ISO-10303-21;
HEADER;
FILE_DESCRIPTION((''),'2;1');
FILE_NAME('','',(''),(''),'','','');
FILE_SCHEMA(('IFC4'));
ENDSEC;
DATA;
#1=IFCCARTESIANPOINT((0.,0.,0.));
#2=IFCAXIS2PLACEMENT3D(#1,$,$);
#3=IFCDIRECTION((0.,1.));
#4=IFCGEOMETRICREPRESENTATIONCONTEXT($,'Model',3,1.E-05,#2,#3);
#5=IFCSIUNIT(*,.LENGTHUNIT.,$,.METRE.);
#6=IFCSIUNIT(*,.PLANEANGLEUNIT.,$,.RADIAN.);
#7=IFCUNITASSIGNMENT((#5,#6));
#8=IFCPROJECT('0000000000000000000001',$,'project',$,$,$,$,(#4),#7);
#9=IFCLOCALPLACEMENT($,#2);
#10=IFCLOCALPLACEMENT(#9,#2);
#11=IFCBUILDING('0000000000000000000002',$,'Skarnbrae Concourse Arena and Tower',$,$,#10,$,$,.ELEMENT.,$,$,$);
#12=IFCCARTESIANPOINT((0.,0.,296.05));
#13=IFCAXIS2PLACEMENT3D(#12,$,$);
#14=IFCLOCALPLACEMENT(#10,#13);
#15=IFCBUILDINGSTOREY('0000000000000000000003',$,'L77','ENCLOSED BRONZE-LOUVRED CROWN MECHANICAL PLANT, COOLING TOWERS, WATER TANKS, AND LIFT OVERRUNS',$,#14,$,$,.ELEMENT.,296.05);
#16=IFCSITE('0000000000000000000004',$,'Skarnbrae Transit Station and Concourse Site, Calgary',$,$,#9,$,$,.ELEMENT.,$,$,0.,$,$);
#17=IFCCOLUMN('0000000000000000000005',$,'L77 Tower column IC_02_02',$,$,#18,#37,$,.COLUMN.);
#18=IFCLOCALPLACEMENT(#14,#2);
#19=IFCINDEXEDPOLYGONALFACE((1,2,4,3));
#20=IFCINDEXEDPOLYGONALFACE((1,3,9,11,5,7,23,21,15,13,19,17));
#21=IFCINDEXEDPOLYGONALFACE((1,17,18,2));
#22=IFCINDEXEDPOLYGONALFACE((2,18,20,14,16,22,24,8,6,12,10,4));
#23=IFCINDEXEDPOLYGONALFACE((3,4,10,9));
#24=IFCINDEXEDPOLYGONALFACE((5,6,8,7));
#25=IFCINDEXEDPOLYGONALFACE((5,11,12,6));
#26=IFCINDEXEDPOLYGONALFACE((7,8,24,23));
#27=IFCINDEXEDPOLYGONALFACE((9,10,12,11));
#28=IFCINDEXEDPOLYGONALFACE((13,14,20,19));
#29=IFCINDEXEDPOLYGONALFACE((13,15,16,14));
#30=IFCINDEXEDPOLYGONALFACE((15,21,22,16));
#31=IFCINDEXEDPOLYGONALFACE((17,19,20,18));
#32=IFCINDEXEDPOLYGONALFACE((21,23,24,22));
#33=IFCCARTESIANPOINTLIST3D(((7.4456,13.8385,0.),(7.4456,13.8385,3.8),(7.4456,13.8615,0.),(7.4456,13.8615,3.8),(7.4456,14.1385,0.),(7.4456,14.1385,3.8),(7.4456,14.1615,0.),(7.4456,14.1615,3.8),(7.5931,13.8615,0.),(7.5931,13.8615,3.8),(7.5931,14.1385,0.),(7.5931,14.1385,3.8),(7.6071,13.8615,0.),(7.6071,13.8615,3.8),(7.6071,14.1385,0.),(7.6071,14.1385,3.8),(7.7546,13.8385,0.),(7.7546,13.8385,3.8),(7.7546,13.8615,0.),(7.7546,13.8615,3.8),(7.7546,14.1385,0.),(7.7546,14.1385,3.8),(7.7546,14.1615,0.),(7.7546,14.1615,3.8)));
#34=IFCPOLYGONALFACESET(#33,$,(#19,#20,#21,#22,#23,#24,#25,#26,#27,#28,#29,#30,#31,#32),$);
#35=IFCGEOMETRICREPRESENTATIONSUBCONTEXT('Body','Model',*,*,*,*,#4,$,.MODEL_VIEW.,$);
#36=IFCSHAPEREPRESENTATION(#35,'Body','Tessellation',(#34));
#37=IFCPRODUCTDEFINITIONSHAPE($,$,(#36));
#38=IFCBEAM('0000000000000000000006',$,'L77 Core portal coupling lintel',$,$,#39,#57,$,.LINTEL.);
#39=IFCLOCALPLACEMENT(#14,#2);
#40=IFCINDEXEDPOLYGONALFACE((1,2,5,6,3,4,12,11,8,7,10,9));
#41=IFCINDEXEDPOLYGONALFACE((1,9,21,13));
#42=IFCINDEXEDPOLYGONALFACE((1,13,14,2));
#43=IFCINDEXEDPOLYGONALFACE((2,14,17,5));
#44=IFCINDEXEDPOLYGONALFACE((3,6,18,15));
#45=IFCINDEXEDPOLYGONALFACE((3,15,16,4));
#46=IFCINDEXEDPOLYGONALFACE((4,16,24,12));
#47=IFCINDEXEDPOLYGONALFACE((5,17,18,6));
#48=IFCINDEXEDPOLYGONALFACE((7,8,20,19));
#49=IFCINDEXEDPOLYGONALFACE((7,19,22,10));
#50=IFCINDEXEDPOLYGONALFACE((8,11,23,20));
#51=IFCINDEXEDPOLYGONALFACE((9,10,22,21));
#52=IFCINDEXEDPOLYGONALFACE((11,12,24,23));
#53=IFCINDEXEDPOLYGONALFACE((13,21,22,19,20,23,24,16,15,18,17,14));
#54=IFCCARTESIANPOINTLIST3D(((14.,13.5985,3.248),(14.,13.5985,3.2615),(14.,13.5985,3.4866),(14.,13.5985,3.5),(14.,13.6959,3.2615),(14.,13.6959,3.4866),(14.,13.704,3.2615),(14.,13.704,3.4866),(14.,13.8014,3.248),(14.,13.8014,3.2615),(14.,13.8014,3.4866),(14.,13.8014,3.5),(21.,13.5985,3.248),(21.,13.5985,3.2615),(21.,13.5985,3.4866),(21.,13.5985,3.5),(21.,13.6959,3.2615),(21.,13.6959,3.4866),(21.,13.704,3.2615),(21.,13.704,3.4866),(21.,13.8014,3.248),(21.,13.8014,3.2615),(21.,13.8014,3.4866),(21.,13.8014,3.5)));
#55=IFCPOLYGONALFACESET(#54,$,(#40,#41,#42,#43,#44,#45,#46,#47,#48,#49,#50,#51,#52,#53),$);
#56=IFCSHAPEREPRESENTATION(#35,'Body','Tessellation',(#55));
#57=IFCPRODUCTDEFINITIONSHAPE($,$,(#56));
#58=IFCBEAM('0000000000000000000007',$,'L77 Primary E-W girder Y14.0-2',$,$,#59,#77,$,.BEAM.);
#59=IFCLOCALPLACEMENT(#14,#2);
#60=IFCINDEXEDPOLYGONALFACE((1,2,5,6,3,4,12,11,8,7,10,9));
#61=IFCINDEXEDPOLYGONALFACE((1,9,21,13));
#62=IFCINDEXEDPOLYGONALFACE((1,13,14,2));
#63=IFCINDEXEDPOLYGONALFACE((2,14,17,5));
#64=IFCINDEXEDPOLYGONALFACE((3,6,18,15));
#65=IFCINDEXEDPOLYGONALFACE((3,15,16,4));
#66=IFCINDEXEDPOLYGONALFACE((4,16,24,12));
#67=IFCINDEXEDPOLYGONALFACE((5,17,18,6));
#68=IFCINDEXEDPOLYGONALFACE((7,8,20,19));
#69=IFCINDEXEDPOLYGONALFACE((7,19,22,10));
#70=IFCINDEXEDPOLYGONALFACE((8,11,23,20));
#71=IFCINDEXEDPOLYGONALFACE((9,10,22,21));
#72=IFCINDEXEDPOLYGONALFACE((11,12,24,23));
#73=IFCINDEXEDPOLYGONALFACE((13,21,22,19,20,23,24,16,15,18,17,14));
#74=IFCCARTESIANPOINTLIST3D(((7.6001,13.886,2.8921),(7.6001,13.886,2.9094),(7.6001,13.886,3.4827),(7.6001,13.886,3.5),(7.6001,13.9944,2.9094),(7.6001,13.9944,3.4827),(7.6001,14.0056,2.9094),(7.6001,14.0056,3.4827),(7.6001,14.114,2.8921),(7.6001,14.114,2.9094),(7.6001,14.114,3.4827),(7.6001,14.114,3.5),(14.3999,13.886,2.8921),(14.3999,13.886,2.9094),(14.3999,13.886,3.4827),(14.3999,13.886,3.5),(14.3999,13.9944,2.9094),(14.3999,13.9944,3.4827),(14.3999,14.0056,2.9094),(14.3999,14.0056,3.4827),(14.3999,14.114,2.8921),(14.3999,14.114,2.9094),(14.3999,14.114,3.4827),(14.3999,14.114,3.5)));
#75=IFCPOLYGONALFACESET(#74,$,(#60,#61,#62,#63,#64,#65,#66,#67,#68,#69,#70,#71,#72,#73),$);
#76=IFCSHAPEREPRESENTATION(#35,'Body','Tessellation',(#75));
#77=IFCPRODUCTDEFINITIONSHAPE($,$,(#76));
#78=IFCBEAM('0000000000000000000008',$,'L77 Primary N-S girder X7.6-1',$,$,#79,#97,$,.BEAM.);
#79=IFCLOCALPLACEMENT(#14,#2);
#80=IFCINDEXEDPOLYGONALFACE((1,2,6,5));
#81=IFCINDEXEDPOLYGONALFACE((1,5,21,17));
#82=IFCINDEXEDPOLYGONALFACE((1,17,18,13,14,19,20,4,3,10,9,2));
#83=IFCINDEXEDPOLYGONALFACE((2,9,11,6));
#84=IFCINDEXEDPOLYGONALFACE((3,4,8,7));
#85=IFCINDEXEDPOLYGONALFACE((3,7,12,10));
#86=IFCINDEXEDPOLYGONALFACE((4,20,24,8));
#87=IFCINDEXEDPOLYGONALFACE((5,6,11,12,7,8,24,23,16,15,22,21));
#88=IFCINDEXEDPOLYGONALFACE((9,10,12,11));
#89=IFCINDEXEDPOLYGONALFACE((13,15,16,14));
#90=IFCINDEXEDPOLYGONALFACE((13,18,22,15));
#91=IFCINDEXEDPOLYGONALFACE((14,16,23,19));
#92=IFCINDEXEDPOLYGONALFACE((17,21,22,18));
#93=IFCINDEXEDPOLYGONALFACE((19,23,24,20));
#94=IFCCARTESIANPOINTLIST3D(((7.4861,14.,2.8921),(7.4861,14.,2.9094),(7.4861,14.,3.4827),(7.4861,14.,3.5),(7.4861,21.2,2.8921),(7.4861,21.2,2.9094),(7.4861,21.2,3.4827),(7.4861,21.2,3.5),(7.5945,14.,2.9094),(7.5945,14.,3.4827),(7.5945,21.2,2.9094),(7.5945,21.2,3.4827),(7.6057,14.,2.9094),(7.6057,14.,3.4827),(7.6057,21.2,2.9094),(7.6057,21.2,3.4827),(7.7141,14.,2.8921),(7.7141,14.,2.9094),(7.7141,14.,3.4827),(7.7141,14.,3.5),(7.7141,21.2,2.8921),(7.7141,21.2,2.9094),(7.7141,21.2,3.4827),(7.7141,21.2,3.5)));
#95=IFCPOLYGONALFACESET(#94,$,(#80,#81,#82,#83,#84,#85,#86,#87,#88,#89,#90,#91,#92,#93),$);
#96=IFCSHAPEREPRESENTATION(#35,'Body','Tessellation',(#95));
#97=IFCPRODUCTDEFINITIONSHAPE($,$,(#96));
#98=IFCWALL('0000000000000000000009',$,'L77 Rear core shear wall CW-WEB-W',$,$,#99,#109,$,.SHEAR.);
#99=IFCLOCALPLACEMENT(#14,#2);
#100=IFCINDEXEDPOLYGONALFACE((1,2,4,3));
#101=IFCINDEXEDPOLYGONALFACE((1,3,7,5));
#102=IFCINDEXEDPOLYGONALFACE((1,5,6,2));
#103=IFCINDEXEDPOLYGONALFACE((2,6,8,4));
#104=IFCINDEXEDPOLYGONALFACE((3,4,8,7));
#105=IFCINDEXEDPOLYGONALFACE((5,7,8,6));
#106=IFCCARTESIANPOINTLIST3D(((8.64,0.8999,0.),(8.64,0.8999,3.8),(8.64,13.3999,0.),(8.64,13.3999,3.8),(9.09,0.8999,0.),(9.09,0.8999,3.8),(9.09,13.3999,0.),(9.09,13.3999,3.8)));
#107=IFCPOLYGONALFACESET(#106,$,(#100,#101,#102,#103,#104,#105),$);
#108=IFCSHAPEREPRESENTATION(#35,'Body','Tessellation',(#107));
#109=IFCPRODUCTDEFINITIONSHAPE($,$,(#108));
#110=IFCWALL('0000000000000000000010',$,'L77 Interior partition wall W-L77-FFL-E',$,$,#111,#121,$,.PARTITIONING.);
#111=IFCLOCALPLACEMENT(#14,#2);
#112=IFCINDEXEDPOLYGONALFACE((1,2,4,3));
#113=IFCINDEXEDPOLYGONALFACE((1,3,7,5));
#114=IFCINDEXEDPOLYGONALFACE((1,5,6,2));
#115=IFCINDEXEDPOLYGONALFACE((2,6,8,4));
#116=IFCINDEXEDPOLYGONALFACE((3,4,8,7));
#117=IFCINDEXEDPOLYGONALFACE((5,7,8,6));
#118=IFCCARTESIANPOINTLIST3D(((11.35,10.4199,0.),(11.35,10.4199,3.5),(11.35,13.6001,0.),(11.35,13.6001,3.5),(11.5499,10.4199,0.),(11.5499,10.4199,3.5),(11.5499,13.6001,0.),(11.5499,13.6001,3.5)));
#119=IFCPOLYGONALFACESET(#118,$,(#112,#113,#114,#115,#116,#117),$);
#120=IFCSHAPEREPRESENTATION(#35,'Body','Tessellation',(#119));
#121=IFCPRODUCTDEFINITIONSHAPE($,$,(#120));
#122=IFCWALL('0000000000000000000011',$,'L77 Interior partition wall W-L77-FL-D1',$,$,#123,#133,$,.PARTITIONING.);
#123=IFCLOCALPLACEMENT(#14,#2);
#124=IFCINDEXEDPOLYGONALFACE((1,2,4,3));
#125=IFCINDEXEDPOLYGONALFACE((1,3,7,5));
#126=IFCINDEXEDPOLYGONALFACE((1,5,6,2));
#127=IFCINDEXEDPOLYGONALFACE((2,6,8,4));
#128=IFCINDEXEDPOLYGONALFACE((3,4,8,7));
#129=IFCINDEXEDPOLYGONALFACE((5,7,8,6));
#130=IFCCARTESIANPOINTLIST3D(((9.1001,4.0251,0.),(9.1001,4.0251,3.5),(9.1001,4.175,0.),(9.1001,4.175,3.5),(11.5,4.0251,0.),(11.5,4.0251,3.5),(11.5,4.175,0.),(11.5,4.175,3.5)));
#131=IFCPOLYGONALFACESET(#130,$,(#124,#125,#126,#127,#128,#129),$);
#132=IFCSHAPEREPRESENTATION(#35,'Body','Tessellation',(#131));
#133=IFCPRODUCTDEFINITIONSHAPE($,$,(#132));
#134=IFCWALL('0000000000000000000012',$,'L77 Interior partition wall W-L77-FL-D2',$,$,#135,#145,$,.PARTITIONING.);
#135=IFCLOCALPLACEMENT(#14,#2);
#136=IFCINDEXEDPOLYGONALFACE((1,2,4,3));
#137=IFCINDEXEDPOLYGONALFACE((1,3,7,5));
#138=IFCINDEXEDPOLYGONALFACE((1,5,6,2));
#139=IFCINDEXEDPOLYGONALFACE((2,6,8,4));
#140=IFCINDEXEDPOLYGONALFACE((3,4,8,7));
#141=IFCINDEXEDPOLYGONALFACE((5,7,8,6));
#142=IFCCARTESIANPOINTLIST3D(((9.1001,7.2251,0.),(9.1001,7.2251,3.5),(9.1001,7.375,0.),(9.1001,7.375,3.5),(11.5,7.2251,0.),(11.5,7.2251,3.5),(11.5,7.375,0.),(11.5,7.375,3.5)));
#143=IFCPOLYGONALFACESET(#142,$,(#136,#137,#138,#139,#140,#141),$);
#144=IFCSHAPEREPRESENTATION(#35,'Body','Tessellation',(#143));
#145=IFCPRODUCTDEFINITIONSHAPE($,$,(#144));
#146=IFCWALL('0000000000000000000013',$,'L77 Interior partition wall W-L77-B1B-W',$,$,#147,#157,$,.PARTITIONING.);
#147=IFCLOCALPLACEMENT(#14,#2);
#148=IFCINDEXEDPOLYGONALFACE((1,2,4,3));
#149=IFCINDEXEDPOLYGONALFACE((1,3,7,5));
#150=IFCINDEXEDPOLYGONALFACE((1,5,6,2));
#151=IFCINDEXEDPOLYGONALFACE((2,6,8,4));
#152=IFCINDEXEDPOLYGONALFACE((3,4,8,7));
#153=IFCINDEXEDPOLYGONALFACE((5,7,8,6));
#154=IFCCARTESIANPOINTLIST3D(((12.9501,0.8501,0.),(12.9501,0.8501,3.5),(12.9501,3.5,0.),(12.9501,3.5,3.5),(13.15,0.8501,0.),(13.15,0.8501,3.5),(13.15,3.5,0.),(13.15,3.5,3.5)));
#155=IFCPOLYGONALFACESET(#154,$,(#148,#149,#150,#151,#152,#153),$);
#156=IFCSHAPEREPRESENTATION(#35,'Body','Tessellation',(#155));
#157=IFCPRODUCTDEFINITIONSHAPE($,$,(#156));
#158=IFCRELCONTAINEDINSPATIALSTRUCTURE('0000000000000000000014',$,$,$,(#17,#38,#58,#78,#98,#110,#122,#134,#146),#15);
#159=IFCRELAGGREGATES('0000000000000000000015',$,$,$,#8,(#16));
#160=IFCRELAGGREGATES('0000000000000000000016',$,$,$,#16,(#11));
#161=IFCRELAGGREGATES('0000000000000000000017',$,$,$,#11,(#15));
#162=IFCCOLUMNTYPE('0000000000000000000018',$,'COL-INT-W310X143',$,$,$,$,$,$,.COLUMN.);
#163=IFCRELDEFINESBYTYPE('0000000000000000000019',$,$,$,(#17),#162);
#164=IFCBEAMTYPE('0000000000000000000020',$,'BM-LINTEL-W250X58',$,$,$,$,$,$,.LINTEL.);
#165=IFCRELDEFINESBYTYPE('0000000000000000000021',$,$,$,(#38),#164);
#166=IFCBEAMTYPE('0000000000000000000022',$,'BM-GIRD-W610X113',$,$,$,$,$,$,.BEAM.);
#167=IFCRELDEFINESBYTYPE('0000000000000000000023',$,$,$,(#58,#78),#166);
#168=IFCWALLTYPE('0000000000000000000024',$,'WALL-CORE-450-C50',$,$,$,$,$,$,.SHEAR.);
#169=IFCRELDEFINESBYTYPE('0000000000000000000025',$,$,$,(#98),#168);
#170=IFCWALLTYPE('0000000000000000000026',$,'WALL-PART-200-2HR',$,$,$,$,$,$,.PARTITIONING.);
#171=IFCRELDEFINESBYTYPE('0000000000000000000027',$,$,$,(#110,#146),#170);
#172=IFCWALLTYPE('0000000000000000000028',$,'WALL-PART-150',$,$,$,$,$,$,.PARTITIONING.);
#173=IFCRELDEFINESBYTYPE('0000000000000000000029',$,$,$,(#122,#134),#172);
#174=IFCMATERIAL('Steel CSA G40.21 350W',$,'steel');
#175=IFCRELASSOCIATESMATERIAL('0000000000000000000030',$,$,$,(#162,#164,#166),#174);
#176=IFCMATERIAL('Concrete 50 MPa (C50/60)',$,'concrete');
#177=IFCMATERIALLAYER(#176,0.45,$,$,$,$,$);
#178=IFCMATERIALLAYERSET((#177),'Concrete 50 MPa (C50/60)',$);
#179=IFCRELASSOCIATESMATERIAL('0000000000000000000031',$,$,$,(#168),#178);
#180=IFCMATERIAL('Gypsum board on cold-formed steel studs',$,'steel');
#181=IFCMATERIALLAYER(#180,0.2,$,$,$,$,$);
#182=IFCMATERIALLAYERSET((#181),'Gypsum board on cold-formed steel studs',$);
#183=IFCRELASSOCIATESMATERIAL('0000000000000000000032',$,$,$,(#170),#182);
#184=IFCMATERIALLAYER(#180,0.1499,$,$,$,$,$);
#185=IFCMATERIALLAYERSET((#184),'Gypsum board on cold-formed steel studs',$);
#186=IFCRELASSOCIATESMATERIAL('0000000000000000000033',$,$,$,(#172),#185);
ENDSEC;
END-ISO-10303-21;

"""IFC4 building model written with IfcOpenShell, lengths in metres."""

from ifc_helpers import new_model, si_unit, direction, frame, frame_2d, origin, origin_2d, place, context, subcontext, project, spatial, rectangle, i_section, extrude, source, transform, mapped, material, layer, layer_set, material_profile, profile_set, type_object, element, save


model = new_model("IFC4")

# Units and contexts
model_context = context("Model", 3, precision=1e-05, world=origin(), true_north=direction((0.0, 1.0)))
body_context = subcontext(model_context, "Body", "Model", "MODEL_VIEW")
ifc_project = project(units=[si_unit("LENGTHUNIT", "METRE"), si_unit("PLANEANGLEUNIT", "RADIAN")], contexts=[model_context])

# Site, building, storey
site_placement = place(None, origin())
site = spatial("IfcSite", under=ifc_project, at=site_placement, Name="Skarnbrae Transit Station and Concourse Site, Calgary", CompositionType="ELEMENT", RefElevation=0.0)
building_placement = place(site_placement, origin())
building = spatial("IfcBuilding", under=site, at=building_placement, Name="Skarnbrae Concourse Arena and Tower", CompositionType="ELEMENT")
storey_placement = place(building_placement, frame((0.0, 0.0, 296.05)))
storey = spatial("IfcBuildingStorey", under=building, at=storey_placement, Name="L77", Description="ENCLOSED BRONZE-LOUVRED CROWN MECHANICAL PLANT, COOLING TOWERS, WATER TANKS, AND LIFT OVERRUNS", CompositionType="ELEMENT", Elevation=296.05)

# Column
ifc_material_1 = material(Name="Steel CSA G40.21 350W", Category="steel")
ifc_material_profile_1 = material_profile(ifc_material_1, i_section(OverallWidth=0.3091, OverallDepth=0.323, WebThickness=0.0139, FlangeThickness=0.0229, at=origin_2d()), Name="W310X143")
ifc_profile_set_1 = profile_set([ifc_material_profile_1], Name="Steel CSA G40.21 350W")
column_type = type_object("IfcColumnType", Name="COL-INT-W310X143", PredefinedType="COLUMN", material=ifc_profile_set_1)
shared_shape_1 = source(origin(), body_context, "Body", "SweptSolid", [
    extrude(i_section(OverallWidth=0.3091, OverallDepth=0.323, WebThickness=0.0139, FlangeThickness=0.0229, at=origin_2d()), origin(), (0.0, 0.0, 1.0), 3.8),
])
column_placement = place(storey_placement, frame((7.6001, 14.0, 0.0), z_axis=(0.0, 0.0, 1.0), x_axis=(1.0, 0.0, 0.0)))
element("IfcColumn", 1, at=column_placement, inside=storey, type_object=column_type, Name="L77 Tower column IC_02_02", PredefinedType="COLUMN", context=body_context, shape_type="MappedRepresentation", body=[
    mapped(shared_shape_1, transform((0.0, 0.0, 0.0))),
])

# Beams
ifc_material_profile_2 = material_profile(ifc_material_1, i_section(OverallWidth=0.2029, OverallDepth=0.252, WebThickness=0.0081, FlangeThickness=0.0134, at=origin_2d()), Name="W250X58")
ifc_profile_set_2 = profile_set([ifc_material_profile_2], Name="Steel CSA G40.21 350W")
beam_type_1 = type_object("IfcBeamType", Name="BM-LINTEL-W250X58", PredefinedType="LINTEL", material=ifc_profile_set_2)
shared_shape_2 = source(origin(), body_context, "Body", "SweptSolid", [
    extrude(i_section(OverallWidth=0.2029, OverallDepth=0.252, WebThickness=0.0081, FlangeThickness=0.0134, at=origin_2d()), origin(), (0.0, 0.0, 1.0), 7.0),
])
beam_1_placement = place(storey_placement, frame((14.0, 13.7, 3.374), z_axis=(1.0, 0.0, 0.0), x_axis=(0.0, 1.0, 0.0)))
element("IfcBeam", 2, at=beam_1_placement, inside=storey, type_object=beam_type_1, Name="L77 Core portal coupling lintel", PredefinedType="LINTEL", context=body_context, shape_type="MappedRepresentation", body=[
    mapped(shared_shape_2, transform((0.0, 0.0, 0.0))),
])
ifc_material_profile_3 = material_profile(ifc_material_1, i_section(OverallWidth=0.228, OverallDepth=0.6079, WebThickness=0.0112, FlangeThickness=0.0173, at=origin_2d()), Name="W610X113")
ifc_profile_set_3 = profile_set([ifc_material_profile_3], Name="Steel CSA G40.21 350W")
beam_type_2 = type_object("IfcBeamType", Name="BM-GIRD-W610X113", PredefinedType="BEAM", material=ifc_profile_set_3)
shared_shape_3 = source(origin(), body_context, "Body", "SweptSolid", [
    extrude(i_section(OverallWidth=0.228, OverallDepth=0.6079, WebThickness=0.0112, FlangeThickness=0.0173, at=origin_2d()), origin(), (0.0, 0.0, 1.0), 6.7998),
])
beam_2_placement = place(storey_placement, frame((7.6001, 14.0, 3.196), z_axis=(1.0, 0.0, 0.0), x_axis=(0.0, 1.0, 0.0)))
element("IfcBeam", 3, at=beam_2_placement, inside=storey, type_object=beam_type_2, Name="L77 Primary E-W girder Y14.0-2", PredefinedType="BEAM", context=body_context, shape_type="MappedRepresentation", body=[
    mapped(shared_shape_3, transform((0.0, 0.0, 0.0))),
])
shared_shape_4 = source(origin(), body_context, "Body", "SweptSolid", [
    extrude(i_section(OverallWidth=0.228, OverallDepth=0.6079, WebThickness=0.0112, FlangeThickness=0.0173, at=origin_2d()), origin(), (0.0, 0.0, 1.0), 7.2),
])
beam_3_placement = place(storey_placement, frame((7.6001, 14.0, 3.196), z_axis=(0.0, 1.0, 0.0), x_axis=(-1.0, 0.0, 0.0)))
element("IfcBeam", 4, at=beam_3_placement, inside=storey, type_object=beam_type_2, Name="L77 Primary N-S girder X7.6-1", PredefinedType="BEAM", context=body_context, shape_type="MappedRepresentation", body=[
    mapped(shared_shape_4, transform((0.0, 0.0, 0.0))),
])

# Shared definitions
ifc_material_2 = material(Name="Concrete 50 MPa (C50/60)", Category="concrete")

# Walls
ifc_layer_1 = layer(ifc_material_2, 0.45)
ifc_layer_set_1 = layer_set([ifc_layer_1], Name="Concrete 50 MPa (C50/60)")
wall_type_1 = type_object("IfcWallType", Name="WALL-CORE-450-C50", PredefinedType="SHEAR", material=ifc_layer_set_1)
shared_shape_5 = source(origin(), body_context, "Body", "SweptSolid", [
    extrude(rectangle(XDim=12.5, YDim=0.45, at=frame_2d((6.25, 0.0))), origin(), (0.0, 0.0, 1.0), 3.8),
])
wall_1_placement = place(storey_placement, frame((8.865, 0.8999, 0.0), z_axis=(0.0, 0.0, 1.0), x_axis=(0.0, 1.0, 0.0)))
element("IfcWall", 5, at=wall_1_placement, inside=storey, type_object=wall_type_1, Name="L77 Rear core shear wall CW-WEB-W", PredefinedType="SHEAR", context=body_context, shape_type="MappedRepresentation", body=[
    mapped(shared_shape_5, transform((0.0, 0.0, 0.0))),
])
ifc_material_3 = material(Name="Gypsum board on cold-formed steel studs", Category="steel")
ifc_layer_2 = layer(ifc_material_3, 0.2)
ifc_layer_set_2 = layer_set([ifc_layer_2], Name="Gypsum board on cold-formed steel studs")
wall_type_2 = type_object("IfcWallType", Name="WALL-PART-200-2HR", PredefinedType="PARTITIONING", material=ifc_layer_set_2)
shared_shape_6 = source(origin(), body_context, "Body", "SweptSolid", [
    extrude(rectangle(XDim=3.1802, YDim=0.2, at=frame_2d((1.5901, 0.0))), origin(), (0.0, 0.0, 1.0), 3.5),
])
wall_2_placement = place(storey_placement, frame((11.45, 10.4199, 0.0), z_axis=(0.0, 0.0, 1.0), x_axis=(0.0, 1.0, 0.0)))
element("IfcWall", 6, at=wall_2_placement, inside=storey, type_object=wall_type_2, Name="L77 Interior partition wall W-L77-FFL-E", PredefinedType="PARTITIONING", context=body_context, shape_type="MappedRepresentation", body=[
    mapped(shared_shape_6, transform((0.0, 0.0, 0.0))),
])

# Walls
ifc_layer_3 = layer(ifc_material_3, 0.1499)
ifc_layer_set_3 = layer_set([ifc_layer_3], Name="Gypsum board on cold-formed steel studs")
wall_type_3 = type_object("IfcWallType", Name="WALL-PART-150", PredefinedType="PARTITIONING", material=ifc_layer_set_3)
shared_shape_7 = source(origin(), body_context, "Body", "SweptSolid", [
    extrude(rectangle(XDim=2.3999, YDim=0.1499, at=frame_2d((1.2, 0.0))), origin(), (0.0, 0.0, 1.0), 3.5),
])
for number, where, z_axis, x_axis, name in (
    (7, (9.1001, 4.1001, 0.0), (0.0, 0.0, 1.0), (1.0, 0.0, 0.0), "L77 Interior partition wall W-L77-FL-D1"),
    (8, (9.1001, 7.3, 0.0), (0.0, 0.0, 1.0), (1.0, 0.0, 0.0), "L77 Interior partition wall W-L77-FL-D2"),
):
    element("IfcWall", number, at=place(storey_placement, frame(where, z_axis=z_axis, x_axis=x_axis)), inside=storey, type_object=wall_type_3, Name=name, PredefinedType="PARTITIONING", context=body_context, shape_type="MappedRepresentation", body=[
        mapped(shared_shape_7, transform((0.0, 0.0, 0.0))),
    ])
shared_shape_8 = source(origin(), body_context, "Body", "SweptSolid", [
    extrude(rectangle(XDim=2.6499, YDim=0.2, at=frame_2d((1.325, 0.0))), origin(), (0.0, 0.0, 1.0), 3.5),
])
wall_3_placement = place(storey_placement, frame((13.05, 0.8501, 0.0), z_axis=(0.0, 0.0, 1.0), x_axis=(0.0, 1.0, 0.0)))
element("IfcWall", 9, at=wall_3_placement, inside=storey, type_object=wall_type_2, Name="L77 Interior partition wall W-L77-B1B-W", PredefinedType="PARTITIONING", context=body_context, shape_type="MappedRepresentation", body=[
    mapped(shared_shape_8, transform((0.0, 0.0, 0.0))),
])

save(model, "model.ifc")
